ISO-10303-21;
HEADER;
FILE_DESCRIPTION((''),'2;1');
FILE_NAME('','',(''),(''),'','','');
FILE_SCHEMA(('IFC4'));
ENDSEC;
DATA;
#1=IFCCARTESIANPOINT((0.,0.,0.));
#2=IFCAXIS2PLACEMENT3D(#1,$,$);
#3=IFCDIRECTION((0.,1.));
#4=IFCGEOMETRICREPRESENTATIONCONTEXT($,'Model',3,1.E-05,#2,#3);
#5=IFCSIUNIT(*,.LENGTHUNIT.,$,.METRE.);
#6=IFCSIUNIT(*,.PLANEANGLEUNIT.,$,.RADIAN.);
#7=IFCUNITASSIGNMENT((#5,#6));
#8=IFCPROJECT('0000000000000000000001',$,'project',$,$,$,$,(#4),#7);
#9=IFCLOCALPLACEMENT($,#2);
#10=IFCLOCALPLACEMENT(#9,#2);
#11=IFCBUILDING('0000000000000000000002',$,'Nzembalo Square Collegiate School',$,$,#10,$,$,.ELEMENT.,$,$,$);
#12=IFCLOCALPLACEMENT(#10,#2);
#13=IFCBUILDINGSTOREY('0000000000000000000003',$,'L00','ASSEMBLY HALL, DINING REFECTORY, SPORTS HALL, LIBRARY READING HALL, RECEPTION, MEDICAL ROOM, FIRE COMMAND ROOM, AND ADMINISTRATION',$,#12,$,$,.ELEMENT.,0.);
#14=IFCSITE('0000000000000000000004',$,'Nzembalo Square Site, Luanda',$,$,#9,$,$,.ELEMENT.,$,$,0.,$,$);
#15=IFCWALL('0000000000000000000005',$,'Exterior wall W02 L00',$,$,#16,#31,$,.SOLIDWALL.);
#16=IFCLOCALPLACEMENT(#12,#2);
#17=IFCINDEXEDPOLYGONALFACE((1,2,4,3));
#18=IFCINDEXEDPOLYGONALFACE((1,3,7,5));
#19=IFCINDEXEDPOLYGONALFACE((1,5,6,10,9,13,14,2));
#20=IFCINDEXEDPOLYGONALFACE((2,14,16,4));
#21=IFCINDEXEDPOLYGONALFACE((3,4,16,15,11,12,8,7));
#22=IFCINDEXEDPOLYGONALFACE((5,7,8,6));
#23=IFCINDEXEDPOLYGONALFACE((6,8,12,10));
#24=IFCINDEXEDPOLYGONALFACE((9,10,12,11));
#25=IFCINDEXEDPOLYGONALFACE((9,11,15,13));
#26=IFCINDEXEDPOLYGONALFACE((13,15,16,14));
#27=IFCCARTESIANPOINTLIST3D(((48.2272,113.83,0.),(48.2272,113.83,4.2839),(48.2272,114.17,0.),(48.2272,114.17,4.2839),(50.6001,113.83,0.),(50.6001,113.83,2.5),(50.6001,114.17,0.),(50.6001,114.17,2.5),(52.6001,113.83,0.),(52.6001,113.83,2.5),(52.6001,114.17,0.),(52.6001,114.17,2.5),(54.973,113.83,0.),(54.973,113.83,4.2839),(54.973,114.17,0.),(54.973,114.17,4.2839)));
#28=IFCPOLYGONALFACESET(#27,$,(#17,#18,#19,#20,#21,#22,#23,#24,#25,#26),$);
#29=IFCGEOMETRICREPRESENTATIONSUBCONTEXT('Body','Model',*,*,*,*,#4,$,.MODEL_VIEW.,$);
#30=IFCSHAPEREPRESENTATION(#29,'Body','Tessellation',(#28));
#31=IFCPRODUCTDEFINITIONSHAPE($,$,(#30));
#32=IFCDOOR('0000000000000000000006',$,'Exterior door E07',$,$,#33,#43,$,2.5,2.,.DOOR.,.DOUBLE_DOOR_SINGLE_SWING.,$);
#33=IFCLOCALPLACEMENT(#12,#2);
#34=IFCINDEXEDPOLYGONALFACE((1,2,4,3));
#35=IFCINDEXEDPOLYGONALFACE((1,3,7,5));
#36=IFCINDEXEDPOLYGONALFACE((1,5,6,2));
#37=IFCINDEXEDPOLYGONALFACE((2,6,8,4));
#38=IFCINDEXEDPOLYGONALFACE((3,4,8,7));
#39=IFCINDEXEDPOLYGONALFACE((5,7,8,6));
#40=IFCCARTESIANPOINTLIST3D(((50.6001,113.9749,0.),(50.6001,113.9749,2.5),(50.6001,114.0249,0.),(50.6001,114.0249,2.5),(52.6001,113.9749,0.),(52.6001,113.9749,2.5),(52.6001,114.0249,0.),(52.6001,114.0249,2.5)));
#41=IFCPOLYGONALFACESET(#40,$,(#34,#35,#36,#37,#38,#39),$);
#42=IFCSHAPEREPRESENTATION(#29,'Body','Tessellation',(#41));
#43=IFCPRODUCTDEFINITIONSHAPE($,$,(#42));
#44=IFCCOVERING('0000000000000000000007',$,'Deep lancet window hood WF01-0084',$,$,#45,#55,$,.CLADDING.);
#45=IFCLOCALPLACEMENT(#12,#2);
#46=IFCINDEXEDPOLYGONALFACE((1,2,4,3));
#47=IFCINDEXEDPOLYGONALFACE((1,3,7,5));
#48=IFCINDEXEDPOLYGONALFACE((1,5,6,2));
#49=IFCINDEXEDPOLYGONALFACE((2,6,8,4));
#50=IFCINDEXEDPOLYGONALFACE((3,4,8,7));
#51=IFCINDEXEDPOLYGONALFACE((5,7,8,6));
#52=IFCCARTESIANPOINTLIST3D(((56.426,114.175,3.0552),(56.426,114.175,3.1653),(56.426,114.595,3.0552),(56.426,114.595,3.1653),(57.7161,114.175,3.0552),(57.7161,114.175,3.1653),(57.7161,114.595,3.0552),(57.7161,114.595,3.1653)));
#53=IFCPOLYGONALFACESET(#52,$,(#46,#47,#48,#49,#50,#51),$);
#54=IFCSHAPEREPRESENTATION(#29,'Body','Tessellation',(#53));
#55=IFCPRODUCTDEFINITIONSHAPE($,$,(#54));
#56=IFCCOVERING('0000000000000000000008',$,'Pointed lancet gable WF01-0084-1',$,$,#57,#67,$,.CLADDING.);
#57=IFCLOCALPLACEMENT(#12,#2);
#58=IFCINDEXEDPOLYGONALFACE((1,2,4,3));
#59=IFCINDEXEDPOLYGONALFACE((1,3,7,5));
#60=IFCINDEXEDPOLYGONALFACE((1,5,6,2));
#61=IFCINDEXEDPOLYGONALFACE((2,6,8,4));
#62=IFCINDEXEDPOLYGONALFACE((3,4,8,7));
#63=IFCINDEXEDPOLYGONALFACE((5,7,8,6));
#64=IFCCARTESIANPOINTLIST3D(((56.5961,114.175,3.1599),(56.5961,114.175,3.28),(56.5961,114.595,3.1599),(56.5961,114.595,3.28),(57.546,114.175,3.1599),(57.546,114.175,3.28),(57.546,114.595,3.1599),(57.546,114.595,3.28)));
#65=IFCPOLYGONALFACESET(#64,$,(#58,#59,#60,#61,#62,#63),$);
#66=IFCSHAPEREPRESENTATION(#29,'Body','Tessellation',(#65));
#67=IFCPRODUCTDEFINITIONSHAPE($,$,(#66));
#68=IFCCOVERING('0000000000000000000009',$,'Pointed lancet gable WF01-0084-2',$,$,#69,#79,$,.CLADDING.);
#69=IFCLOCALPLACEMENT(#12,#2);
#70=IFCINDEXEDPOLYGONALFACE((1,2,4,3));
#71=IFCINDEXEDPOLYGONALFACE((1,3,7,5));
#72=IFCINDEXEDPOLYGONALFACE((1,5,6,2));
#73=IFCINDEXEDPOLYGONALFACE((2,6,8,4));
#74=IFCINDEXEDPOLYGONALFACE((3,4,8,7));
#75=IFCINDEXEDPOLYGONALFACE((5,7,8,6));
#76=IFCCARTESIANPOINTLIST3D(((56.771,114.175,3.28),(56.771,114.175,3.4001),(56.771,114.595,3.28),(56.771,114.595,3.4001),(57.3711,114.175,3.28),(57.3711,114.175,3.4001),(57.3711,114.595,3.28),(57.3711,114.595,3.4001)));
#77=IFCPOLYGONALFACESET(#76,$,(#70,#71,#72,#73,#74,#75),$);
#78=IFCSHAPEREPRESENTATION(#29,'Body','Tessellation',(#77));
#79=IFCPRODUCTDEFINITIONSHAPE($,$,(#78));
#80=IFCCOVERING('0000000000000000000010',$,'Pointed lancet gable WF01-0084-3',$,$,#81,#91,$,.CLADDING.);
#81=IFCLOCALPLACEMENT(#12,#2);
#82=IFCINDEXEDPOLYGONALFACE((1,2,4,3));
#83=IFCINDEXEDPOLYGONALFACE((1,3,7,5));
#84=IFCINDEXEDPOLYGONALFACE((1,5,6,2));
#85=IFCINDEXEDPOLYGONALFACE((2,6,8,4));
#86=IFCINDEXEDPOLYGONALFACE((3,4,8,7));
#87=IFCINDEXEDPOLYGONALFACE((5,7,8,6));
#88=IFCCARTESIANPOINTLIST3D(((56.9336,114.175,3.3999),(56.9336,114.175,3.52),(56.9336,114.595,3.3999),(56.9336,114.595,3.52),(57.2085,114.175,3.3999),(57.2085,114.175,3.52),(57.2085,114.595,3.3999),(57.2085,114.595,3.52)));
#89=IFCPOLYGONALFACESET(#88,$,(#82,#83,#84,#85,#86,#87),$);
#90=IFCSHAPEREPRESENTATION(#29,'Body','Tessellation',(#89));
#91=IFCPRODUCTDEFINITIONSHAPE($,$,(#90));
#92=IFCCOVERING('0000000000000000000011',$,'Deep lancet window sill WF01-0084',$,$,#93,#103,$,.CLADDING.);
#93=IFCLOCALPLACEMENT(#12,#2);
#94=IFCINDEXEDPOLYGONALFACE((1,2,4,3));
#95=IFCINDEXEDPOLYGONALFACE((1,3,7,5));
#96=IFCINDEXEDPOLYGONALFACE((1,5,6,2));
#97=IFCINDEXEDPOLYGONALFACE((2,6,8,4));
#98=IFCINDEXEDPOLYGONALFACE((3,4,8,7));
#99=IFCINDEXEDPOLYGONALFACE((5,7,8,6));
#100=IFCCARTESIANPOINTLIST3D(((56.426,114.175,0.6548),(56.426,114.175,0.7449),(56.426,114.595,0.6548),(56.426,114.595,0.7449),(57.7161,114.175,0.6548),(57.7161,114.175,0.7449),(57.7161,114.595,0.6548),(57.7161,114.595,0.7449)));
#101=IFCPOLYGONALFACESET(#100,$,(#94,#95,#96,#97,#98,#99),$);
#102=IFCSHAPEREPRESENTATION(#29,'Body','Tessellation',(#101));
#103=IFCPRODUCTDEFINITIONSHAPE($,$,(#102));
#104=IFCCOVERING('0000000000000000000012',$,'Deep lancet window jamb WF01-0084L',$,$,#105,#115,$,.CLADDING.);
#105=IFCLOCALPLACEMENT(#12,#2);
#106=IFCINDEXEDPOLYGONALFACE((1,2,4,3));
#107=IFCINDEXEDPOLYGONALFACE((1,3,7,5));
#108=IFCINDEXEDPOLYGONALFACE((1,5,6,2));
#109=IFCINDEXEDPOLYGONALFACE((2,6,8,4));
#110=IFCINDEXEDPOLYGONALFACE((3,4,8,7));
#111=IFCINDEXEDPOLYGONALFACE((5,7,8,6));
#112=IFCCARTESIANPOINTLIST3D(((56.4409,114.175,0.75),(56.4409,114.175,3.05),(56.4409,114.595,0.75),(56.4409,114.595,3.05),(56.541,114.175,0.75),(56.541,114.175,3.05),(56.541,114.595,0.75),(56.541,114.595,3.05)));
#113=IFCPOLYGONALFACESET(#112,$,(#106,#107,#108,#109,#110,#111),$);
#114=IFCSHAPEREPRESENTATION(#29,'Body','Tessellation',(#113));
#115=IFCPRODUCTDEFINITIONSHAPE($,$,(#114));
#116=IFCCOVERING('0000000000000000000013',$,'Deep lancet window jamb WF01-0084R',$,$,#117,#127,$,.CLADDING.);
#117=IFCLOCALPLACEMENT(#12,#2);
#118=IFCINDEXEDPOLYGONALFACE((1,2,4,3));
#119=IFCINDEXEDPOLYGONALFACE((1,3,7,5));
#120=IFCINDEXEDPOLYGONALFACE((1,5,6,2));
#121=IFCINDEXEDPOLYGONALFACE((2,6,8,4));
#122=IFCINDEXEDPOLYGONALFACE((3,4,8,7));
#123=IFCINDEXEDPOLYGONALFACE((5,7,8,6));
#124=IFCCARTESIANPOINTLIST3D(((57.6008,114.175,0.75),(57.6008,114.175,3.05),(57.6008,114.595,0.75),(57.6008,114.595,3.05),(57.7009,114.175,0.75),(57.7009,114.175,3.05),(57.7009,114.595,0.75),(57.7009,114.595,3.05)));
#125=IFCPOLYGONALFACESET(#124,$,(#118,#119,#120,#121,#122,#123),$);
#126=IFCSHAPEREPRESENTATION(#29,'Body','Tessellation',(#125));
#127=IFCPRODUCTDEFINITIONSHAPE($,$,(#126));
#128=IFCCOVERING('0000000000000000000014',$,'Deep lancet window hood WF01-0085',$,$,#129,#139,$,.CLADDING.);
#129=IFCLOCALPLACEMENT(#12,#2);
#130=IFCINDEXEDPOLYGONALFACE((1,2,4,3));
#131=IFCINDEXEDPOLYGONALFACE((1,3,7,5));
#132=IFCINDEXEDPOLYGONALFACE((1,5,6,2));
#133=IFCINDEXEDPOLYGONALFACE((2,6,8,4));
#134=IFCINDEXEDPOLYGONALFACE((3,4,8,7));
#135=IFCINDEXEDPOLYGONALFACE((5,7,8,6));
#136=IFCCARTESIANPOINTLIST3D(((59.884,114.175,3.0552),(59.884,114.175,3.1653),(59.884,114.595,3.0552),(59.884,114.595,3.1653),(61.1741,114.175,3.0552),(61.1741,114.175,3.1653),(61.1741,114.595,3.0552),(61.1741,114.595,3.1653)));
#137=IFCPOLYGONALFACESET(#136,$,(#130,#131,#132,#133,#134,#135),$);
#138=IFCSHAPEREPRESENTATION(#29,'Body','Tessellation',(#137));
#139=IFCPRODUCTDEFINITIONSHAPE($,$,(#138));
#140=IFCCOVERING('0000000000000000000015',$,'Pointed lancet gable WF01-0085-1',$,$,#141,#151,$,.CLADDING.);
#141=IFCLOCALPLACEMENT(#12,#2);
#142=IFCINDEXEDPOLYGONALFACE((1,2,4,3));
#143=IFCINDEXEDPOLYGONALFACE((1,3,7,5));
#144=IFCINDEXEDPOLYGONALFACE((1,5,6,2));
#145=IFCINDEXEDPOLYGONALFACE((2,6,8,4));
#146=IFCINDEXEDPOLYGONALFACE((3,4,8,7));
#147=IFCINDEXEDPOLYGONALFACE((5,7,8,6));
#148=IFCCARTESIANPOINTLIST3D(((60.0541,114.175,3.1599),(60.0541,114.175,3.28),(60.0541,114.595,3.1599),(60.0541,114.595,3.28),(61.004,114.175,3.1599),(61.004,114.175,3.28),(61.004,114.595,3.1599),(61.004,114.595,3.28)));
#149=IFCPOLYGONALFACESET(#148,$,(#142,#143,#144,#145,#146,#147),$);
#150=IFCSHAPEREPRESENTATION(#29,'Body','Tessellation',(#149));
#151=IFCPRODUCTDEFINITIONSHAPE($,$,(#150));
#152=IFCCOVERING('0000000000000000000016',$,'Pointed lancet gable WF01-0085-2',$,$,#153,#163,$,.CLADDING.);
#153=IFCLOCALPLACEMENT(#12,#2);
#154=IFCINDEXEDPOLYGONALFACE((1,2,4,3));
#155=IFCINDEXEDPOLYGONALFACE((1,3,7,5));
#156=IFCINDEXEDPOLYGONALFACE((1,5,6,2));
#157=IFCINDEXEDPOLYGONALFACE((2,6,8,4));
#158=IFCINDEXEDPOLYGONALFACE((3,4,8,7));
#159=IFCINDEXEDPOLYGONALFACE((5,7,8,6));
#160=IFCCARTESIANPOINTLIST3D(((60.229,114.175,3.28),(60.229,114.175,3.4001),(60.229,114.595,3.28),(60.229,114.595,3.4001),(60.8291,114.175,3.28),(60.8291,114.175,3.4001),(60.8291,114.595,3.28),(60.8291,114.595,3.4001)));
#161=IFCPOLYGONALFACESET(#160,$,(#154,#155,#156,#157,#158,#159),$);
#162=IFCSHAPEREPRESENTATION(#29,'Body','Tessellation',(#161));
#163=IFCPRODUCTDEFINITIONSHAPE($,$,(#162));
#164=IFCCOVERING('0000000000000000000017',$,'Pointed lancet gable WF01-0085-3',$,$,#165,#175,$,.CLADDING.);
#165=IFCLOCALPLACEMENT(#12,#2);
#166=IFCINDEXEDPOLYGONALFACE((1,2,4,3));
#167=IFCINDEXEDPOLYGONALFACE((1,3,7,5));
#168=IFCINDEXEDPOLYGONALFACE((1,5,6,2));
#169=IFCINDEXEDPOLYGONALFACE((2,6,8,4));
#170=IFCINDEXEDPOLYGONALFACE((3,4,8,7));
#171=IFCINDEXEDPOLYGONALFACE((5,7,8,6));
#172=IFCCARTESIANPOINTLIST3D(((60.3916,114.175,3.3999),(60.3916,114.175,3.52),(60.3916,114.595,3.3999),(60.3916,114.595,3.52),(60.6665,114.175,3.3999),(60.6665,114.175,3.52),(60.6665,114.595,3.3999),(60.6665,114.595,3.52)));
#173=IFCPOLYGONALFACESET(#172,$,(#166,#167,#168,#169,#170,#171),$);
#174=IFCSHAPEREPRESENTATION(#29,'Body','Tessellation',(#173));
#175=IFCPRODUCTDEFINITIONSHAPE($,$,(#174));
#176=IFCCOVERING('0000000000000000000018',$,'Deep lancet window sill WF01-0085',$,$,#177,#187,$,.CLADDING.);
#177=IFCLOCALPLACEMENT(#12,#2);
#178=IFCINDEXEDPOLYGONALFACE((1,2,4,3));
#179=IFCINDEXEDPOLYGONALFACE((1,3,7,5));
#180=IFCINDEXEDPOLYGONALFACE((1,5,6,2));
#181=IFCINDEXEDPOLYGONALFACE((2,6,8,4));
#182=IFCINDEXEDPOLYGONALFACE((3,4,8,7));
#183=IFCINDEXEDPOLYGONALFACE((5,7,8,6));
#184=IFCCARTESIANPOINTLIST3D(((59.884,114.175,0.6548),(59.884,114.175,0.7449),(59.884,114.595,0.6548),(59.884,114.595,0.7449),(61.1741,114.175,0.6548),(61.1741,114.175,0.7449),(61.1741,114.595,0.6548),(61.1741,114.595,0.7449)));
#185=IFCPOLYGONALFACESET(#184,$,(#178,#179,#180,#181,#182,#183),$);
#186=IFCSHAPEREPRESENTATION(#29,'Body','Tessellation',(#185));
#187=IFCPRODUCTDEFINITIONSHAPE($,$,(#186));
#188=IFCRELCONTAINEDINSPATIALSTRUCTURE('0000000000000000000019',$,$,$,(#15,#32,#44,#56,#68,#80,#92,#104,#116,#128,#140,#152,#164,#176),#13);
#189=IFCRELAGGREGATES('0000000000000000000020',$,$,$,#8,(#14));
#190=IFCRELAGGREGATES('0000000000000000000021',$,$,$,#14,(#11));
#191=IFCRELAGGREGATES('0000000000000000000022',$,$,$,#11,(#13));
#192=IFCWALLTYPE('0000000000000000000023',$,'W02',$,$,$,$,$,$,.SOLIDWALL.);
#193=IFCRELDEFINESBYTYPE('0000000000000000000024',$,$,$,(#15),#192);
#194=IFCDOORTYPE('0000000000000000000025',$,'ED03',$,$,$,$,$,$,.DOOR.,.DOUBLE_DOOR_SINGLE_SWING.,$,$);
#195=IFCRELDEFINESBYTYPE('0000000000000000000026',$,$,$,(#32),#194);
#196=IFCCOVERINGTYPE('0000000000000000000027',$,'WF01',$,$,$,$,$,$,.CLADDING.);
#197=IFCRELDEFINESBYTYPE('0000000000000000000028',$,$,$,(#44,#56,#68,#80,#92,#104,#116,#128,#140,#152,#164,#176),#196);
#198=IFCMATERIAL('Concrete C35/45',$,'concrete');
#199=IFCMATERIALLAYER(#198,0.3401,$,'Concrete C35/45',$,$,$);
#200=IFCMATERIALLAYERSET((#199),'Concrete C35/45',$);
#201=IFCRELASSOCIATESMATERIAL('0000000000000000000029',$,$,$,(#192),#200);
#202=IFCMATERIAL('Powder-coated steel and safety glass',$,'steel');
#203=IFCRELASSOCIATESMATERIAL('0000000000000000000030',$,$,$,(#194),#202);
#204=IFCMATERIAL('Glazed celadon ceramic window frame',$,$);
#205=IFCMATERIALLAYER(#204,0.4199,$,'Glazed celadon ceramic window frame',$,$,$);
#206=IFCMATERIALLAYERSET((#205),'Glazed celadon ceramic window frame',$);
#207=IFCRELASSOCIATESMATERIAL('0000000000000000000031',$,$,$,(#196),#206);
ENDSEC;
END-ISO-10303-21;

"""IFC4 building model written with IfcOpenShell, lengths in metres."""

from ifc_helpers import new_model, si_unit, direction, frame, frame_2d, origin, origin_2d, place, context, subcontext, project, spatial, rectangle, extrude, material, layer, layer_set, type_object, element, fill, save


model = new_model("IFC4")

# Units and contexts
model_context = context("Model", 3, precision=1e-05, world=origin(), true_north=direction((0.0, 1.0)))
body_context = subcontext(model_context, "Body", "Model", "MODEL_VIEW")
ifc_project = project(units=[si_unit("LENGTHUNIT", "METRE"), si_unit("PLANEANGLEUNIT", "RADIAN")], contexts=[model_context])

# Site, building, storey
site_placement = place(None, origin())
site = spatial("IfcSite", under=ifc_project, at=site_placement, Name="Nzembalo Square Site, Luanda", CompositionType="ELEMENT", RefElevation=0.0)
building_placement = place(site_placement, origin())
building = spatial("IfcBuilding", under=site, at=building_placement, Name="Nzembalo Square Collegiate School", CompositionType="ELEMENT")
storey_placement = place(building_placement, origin())
storey = spatial("IfcBuildingStorey", under=building, at=storey_placement, Name="L00", Description="ASSEMBLY HALL, DINING REFECTORY, SPORTS HALL, LIBRARY READING HALL, RECEPTION, MEDICAL ROOM, FIRE COMMAND ROOM, AND ADMINISTRATION", CompositionType="ELEMENT", Elevation=0.0)

# Wall, opening, door
ifc_material_1 = material(Name="Concrete C35/45", Category="concrete")
ifc_layer_1 = layer(ifc_material_1, 0.3401, Name="Concrete C35/45")
ifc_layer_set_1 = layer_set([ifc_layer_1], Name="Concrete C35/45")
wall_type_1 = type_object("IfcWallType", Name="W02", PredefinedType="SOLIDWALL", material=ifc_layer_set_1)
wall_1_placement = place(storey_placement, frame((48.2271, 114.0, 0.0), z_axis=(0.0, 0.0, 1.0), x_axis=(1.0, 0.0, 0.0)))
wall_1 = element("IfcWall", 1, at=wall_1_placement, inside=storey, type_object=wall_type_1, Name="Exterior wall W02 L00", PredefinedType="SOLIDWALL", context=body_context, shape_type="SweptSolid", body=[
    extrude(rectangle(XDim=6.7458, YDim=0.3401, at=frame_2d((3.373, 0.0))), origin(), (0.0, 0.0, 1.0), 4.2839),
])
opening_1_placement = place(wall_1_placement, frame((2.373, 0.0, 0.0)))
opening_1 = element("IfcOpeningElement", 2, at=opening_1_placement, cuts=wall_1, PredefinedType="OPENING", context=body_context, shape_type="SweptSolid", body=[
    extrude(rectangle(XDim=2.0, YDim=2.5, at=frame_2d((1.0, 1.25))), frame((0.0, 0.1802, 0.0), z_axis=(0.0, -1.0, 0.0), x_axis=(1.0, 0.0, 0.0)), (0.0, 0.0, 1.0), 0.3601),
])
ifc_material_2 = material(Name="Powder-coated steel and safety glass", Category="steel")
door_type = type_object("IfcDoorType", Name="ED03", OperationType="DOUBLE_DOOR_SINGLE_SWING", PredefinedType="DOOR", material=ifc_material_2)
door_placement = place(opening_1_placement, origin())
door = element("IfcDoor", 3, at=door_placement, inside=storey, type_object=door_type, Name="Exterior door E07", OperationType="DOUBLE_DOOR_SINGLE_SWING", OverallHeight=2.5, OverallWidth=2.0, PredefinedType="DOOR", context=body_context, shape_type="SweptSolid", body=[
    extrude(rectangle(XDim=2.0, YDim=2.5, at=frame_2d((1.0, 1.25))), frame((0.0, 0.0249, 0.0), z_axis=(0.0, -1.0, 0.0), x_axis=(1.0, 0.0, 0.0)), (0.0, 0.0, 1.0), 0.05),
])
fill(opening_1, door)

# Coverings
ifc_material_3 = material(Name="Glazed celadon ceramic window frame")
ifc_layer_2 = layer(ifc_material_3, 0.4199, Name="Glazed celadon ceramic window frame")
ifc_layer_set_2 = layer_set([ifc_layer_2], Name="Glazed celadon ceramic window frame")
covering_type = type_object("IfcCoveringType", Name="WF01", PredefinedType="CLADDING", material=ifc_layer_set_2)
covering_1_placement = place(storey_placement, frame((57.071, 114.385, 3.0552), z_axis=(0.0, 0.0, 1.0), x_axis=(1.0, 0.0, 0.0)))
element("IfcCovering", 4, at=covering_1_placement, inside=storey, type_object=covering_type, Name="Deep lancet window hood WF01-0084", PredefinedType="CLADDING", context=body_context, shape_type="SweptSolid", body=[
    extrude(rectangle(XDim=1.29, YDim=0.4199, at=origin_2d()), origin(), (0.0, 0.0, 1.0), 0.1101),
])
covering_2_placement = place(storey_placement, frame((57.071, 114.385, 3.1599), z_axis=(0.0, 0.0, 1.0), x_axis=(1.0, 0.0, 0.0)))
element("IfcCovering", 5, at=covering_2_placement, inside=storey, type_object=covering_type, Name="Pointed lancet gable WF01-0084-1", PredefinedType="CLADDING", context=body_context, shape_type="SweptSolid", body=[
    extrude(rectangle(XDim=0.95, YDim=0.4199, at=origin_2d()), origin(), (0.0, 0.0, 1.0), 0.1201),
])
covering_3_placement = place(storey_placement, frame((57.071, 114.385, 3.28), z_axis=(0.0, 0.0, 1.0), x_axis=(1.0, 0.0, 0.0)))
element("IfcCovering", 6, at=covering_3_placement, inside=storey, type_object=covering_type, Name="Pointed lancet gable WF01-0084-2", PredefinedType="CLADDING", context=body_context, shape_type="SweptSolid", body=[
    extrude(rectangle(XDim=0.6001, YDim=0.4199, at=origin_2d()), origin(), (0.0, 0.0, 1.0), 0.1201),
])
covering_4_placement = place(storey_placement, frame((57.071, 114.385, 3.3999), z_axis=(0.0, 0.0, 1.0), x_axis=(1.0, 0.0, 0.0)))
element("IfcCovering", 7, at=covering_4_placement, inside=storey, type_object=covering_type, Name="Pointed lancet gable WF01-0084-3", PredefinedType="CLADDING", context=body_context, shape_type="SweptSolid", body=[
    extrude(rectangle(XDim=0.2749, YDim=0.4199, at=origin_2d()), origin(), (0.0, 0.0, 1.0), 0.1201),
])
covering_5_placement = place(storey_placement, frame((57.071, 114.385, 0.6548), z_axis=(0.0, 0.0, 1.0), x_axis=(1.0, 0.0, 0.0)))
element("IfcCovering", 8, at=covering_5_placement, inside=storey, type_object=covering_type, Name="Deep lancet window sill WF01-0084", PredefinedType="CLADDING", context=body_context, shape_type="SweptSolid", body=[
    extrude(rectangle(XDim=1.29, YDim=0.4199, at=origin_2d()), origin(), (0.0, 0.0, 1.0), 0.0901),
])
for number, where, z_axis, x_axis, name in (
    (9, (56.491, 114.385, 0.75), (0.0, 0.0, 1.0), (1.0, 0.0, 0.0), "Deep lancet window jamb WF01-0084L"),
    (10, (57.6509, 114.385, 0.75), (0.0, 0.0, 1.0), (1.0, 0.0, 0.0), "Deep lancet window jamb WF01-0084R"),
):
    element("IfcCovering", number, at=place(storey_placement, frame(where, z_axis=z_axis, x_axis=x_axis)), inside=storey, type_object=covering_type, Name=name, PredefinedType="CLADDING", context=body_context, shape_type="SweptSolid", body=[
        extrude(rectangle(XDim=0.1001, YDim=0.4199, at=origin_2d()), origin(), (0.0, 0.0, 1.0), 2.3),
    ])
covering_6_placement = place(storey_placement, frame((60.5291, 114.385, 3.0552), z_axis=(0.0, 0.0, 1.0), x_axis=(1.0, 0.0, 0.0)))
element("IfcCovering", 11, at=covering_6_placement, inside=storey, type_object=covering_type, Name="Deep lancet window hood WF01-0085", PredefinedType="CLADDING", context=body_context, shape_type="SweptSolid", body=[
    extrude(rectangle(XDim=1.29, YDim=0.4199, at=origin_2d()), origin(), (0.0, 0.0, 1.0), 0.1101),
])
covering_7_placement = place(storey_placement, frame((60.5291, 114.385, 3.1599), z_axis=(0.0, 0.0, 1.0), x_axis=(1.0, 0.0, 0.0)))
element("IfcCovering", 12, at=covering_7_placement, inside=storey, type_object=covering_type, Name="Pointed lancet gable WF01-0085-1", PredefinedType="CLADDING", context=body_context, shape_type="SweptSolid", body=[
    extrude(rectangle(XDim=0.95, YDim=0.4199, at=origin_2d()), origin(), (0.0, 0.0, 1.0), 0.1201),
])
covering_8_placement = place(storey_placement, frame((60.5291, 114.385, 3.28), z_axis=(0.0, 0.0, 1.0), x_axis=(1.0, 0.0, 0.0)))
element("IfcCovering", 13, at=covering_8_placement, inside=storey, type_object=covering_type, Name="Pointed lancet gable WF01-0085-2", PredefinedType="CLADDING", context=body_context, shape_type="SweptSolid", body=[
    extrude(rectangle(XDim=0.6001, YDim=0.4199, at=origin_2d()), origin(), (0.0, 0.0, 1.0), 0.1201),
])
covering_9_placement = place(storey_placement, frame((60.5291, 114.385, 3.3999), z_axis=(0.0, 0.0, 1.0), x_axis=(1.0, 0.0, 0.0)))
element("IfcCovering", 14, at=covering_9_placement, inside=storey, type_object=covering_type, Name="Pointed lancet gable WF01-0085-3", PredefinedType="CLADDING", context=body_context, shape_type="SweptSolid", body=[
    extrude(rectangle(XDim=0.2749, YDim=0.4199, at=origin_2d()), origin(), (0.0, 0.0, 1.0), 0.1201),
])
covering_10_placement = place(storey_placement, frame((60.5291, 114.385, 0.6548), z_axis=(0.0, 0.0, 1.0), x_axis=(1.0, 0.0, 0.0)))
element("IfcCovering", 15, at=covering_10_placement, inside=storey, type_object=covering_type, Name="Deep lancet window sill WF01-0085", PredefinedType="CLADDING", context=body_context, shape_type="SweptSolid", body=[
    extrude(rectangle(XDim=1.29, YDim=0.4199, at=origin_2d()), origin(), (0.0, 0.0, 1.0), 0.0901),
])

save(model, "model.ifc")
